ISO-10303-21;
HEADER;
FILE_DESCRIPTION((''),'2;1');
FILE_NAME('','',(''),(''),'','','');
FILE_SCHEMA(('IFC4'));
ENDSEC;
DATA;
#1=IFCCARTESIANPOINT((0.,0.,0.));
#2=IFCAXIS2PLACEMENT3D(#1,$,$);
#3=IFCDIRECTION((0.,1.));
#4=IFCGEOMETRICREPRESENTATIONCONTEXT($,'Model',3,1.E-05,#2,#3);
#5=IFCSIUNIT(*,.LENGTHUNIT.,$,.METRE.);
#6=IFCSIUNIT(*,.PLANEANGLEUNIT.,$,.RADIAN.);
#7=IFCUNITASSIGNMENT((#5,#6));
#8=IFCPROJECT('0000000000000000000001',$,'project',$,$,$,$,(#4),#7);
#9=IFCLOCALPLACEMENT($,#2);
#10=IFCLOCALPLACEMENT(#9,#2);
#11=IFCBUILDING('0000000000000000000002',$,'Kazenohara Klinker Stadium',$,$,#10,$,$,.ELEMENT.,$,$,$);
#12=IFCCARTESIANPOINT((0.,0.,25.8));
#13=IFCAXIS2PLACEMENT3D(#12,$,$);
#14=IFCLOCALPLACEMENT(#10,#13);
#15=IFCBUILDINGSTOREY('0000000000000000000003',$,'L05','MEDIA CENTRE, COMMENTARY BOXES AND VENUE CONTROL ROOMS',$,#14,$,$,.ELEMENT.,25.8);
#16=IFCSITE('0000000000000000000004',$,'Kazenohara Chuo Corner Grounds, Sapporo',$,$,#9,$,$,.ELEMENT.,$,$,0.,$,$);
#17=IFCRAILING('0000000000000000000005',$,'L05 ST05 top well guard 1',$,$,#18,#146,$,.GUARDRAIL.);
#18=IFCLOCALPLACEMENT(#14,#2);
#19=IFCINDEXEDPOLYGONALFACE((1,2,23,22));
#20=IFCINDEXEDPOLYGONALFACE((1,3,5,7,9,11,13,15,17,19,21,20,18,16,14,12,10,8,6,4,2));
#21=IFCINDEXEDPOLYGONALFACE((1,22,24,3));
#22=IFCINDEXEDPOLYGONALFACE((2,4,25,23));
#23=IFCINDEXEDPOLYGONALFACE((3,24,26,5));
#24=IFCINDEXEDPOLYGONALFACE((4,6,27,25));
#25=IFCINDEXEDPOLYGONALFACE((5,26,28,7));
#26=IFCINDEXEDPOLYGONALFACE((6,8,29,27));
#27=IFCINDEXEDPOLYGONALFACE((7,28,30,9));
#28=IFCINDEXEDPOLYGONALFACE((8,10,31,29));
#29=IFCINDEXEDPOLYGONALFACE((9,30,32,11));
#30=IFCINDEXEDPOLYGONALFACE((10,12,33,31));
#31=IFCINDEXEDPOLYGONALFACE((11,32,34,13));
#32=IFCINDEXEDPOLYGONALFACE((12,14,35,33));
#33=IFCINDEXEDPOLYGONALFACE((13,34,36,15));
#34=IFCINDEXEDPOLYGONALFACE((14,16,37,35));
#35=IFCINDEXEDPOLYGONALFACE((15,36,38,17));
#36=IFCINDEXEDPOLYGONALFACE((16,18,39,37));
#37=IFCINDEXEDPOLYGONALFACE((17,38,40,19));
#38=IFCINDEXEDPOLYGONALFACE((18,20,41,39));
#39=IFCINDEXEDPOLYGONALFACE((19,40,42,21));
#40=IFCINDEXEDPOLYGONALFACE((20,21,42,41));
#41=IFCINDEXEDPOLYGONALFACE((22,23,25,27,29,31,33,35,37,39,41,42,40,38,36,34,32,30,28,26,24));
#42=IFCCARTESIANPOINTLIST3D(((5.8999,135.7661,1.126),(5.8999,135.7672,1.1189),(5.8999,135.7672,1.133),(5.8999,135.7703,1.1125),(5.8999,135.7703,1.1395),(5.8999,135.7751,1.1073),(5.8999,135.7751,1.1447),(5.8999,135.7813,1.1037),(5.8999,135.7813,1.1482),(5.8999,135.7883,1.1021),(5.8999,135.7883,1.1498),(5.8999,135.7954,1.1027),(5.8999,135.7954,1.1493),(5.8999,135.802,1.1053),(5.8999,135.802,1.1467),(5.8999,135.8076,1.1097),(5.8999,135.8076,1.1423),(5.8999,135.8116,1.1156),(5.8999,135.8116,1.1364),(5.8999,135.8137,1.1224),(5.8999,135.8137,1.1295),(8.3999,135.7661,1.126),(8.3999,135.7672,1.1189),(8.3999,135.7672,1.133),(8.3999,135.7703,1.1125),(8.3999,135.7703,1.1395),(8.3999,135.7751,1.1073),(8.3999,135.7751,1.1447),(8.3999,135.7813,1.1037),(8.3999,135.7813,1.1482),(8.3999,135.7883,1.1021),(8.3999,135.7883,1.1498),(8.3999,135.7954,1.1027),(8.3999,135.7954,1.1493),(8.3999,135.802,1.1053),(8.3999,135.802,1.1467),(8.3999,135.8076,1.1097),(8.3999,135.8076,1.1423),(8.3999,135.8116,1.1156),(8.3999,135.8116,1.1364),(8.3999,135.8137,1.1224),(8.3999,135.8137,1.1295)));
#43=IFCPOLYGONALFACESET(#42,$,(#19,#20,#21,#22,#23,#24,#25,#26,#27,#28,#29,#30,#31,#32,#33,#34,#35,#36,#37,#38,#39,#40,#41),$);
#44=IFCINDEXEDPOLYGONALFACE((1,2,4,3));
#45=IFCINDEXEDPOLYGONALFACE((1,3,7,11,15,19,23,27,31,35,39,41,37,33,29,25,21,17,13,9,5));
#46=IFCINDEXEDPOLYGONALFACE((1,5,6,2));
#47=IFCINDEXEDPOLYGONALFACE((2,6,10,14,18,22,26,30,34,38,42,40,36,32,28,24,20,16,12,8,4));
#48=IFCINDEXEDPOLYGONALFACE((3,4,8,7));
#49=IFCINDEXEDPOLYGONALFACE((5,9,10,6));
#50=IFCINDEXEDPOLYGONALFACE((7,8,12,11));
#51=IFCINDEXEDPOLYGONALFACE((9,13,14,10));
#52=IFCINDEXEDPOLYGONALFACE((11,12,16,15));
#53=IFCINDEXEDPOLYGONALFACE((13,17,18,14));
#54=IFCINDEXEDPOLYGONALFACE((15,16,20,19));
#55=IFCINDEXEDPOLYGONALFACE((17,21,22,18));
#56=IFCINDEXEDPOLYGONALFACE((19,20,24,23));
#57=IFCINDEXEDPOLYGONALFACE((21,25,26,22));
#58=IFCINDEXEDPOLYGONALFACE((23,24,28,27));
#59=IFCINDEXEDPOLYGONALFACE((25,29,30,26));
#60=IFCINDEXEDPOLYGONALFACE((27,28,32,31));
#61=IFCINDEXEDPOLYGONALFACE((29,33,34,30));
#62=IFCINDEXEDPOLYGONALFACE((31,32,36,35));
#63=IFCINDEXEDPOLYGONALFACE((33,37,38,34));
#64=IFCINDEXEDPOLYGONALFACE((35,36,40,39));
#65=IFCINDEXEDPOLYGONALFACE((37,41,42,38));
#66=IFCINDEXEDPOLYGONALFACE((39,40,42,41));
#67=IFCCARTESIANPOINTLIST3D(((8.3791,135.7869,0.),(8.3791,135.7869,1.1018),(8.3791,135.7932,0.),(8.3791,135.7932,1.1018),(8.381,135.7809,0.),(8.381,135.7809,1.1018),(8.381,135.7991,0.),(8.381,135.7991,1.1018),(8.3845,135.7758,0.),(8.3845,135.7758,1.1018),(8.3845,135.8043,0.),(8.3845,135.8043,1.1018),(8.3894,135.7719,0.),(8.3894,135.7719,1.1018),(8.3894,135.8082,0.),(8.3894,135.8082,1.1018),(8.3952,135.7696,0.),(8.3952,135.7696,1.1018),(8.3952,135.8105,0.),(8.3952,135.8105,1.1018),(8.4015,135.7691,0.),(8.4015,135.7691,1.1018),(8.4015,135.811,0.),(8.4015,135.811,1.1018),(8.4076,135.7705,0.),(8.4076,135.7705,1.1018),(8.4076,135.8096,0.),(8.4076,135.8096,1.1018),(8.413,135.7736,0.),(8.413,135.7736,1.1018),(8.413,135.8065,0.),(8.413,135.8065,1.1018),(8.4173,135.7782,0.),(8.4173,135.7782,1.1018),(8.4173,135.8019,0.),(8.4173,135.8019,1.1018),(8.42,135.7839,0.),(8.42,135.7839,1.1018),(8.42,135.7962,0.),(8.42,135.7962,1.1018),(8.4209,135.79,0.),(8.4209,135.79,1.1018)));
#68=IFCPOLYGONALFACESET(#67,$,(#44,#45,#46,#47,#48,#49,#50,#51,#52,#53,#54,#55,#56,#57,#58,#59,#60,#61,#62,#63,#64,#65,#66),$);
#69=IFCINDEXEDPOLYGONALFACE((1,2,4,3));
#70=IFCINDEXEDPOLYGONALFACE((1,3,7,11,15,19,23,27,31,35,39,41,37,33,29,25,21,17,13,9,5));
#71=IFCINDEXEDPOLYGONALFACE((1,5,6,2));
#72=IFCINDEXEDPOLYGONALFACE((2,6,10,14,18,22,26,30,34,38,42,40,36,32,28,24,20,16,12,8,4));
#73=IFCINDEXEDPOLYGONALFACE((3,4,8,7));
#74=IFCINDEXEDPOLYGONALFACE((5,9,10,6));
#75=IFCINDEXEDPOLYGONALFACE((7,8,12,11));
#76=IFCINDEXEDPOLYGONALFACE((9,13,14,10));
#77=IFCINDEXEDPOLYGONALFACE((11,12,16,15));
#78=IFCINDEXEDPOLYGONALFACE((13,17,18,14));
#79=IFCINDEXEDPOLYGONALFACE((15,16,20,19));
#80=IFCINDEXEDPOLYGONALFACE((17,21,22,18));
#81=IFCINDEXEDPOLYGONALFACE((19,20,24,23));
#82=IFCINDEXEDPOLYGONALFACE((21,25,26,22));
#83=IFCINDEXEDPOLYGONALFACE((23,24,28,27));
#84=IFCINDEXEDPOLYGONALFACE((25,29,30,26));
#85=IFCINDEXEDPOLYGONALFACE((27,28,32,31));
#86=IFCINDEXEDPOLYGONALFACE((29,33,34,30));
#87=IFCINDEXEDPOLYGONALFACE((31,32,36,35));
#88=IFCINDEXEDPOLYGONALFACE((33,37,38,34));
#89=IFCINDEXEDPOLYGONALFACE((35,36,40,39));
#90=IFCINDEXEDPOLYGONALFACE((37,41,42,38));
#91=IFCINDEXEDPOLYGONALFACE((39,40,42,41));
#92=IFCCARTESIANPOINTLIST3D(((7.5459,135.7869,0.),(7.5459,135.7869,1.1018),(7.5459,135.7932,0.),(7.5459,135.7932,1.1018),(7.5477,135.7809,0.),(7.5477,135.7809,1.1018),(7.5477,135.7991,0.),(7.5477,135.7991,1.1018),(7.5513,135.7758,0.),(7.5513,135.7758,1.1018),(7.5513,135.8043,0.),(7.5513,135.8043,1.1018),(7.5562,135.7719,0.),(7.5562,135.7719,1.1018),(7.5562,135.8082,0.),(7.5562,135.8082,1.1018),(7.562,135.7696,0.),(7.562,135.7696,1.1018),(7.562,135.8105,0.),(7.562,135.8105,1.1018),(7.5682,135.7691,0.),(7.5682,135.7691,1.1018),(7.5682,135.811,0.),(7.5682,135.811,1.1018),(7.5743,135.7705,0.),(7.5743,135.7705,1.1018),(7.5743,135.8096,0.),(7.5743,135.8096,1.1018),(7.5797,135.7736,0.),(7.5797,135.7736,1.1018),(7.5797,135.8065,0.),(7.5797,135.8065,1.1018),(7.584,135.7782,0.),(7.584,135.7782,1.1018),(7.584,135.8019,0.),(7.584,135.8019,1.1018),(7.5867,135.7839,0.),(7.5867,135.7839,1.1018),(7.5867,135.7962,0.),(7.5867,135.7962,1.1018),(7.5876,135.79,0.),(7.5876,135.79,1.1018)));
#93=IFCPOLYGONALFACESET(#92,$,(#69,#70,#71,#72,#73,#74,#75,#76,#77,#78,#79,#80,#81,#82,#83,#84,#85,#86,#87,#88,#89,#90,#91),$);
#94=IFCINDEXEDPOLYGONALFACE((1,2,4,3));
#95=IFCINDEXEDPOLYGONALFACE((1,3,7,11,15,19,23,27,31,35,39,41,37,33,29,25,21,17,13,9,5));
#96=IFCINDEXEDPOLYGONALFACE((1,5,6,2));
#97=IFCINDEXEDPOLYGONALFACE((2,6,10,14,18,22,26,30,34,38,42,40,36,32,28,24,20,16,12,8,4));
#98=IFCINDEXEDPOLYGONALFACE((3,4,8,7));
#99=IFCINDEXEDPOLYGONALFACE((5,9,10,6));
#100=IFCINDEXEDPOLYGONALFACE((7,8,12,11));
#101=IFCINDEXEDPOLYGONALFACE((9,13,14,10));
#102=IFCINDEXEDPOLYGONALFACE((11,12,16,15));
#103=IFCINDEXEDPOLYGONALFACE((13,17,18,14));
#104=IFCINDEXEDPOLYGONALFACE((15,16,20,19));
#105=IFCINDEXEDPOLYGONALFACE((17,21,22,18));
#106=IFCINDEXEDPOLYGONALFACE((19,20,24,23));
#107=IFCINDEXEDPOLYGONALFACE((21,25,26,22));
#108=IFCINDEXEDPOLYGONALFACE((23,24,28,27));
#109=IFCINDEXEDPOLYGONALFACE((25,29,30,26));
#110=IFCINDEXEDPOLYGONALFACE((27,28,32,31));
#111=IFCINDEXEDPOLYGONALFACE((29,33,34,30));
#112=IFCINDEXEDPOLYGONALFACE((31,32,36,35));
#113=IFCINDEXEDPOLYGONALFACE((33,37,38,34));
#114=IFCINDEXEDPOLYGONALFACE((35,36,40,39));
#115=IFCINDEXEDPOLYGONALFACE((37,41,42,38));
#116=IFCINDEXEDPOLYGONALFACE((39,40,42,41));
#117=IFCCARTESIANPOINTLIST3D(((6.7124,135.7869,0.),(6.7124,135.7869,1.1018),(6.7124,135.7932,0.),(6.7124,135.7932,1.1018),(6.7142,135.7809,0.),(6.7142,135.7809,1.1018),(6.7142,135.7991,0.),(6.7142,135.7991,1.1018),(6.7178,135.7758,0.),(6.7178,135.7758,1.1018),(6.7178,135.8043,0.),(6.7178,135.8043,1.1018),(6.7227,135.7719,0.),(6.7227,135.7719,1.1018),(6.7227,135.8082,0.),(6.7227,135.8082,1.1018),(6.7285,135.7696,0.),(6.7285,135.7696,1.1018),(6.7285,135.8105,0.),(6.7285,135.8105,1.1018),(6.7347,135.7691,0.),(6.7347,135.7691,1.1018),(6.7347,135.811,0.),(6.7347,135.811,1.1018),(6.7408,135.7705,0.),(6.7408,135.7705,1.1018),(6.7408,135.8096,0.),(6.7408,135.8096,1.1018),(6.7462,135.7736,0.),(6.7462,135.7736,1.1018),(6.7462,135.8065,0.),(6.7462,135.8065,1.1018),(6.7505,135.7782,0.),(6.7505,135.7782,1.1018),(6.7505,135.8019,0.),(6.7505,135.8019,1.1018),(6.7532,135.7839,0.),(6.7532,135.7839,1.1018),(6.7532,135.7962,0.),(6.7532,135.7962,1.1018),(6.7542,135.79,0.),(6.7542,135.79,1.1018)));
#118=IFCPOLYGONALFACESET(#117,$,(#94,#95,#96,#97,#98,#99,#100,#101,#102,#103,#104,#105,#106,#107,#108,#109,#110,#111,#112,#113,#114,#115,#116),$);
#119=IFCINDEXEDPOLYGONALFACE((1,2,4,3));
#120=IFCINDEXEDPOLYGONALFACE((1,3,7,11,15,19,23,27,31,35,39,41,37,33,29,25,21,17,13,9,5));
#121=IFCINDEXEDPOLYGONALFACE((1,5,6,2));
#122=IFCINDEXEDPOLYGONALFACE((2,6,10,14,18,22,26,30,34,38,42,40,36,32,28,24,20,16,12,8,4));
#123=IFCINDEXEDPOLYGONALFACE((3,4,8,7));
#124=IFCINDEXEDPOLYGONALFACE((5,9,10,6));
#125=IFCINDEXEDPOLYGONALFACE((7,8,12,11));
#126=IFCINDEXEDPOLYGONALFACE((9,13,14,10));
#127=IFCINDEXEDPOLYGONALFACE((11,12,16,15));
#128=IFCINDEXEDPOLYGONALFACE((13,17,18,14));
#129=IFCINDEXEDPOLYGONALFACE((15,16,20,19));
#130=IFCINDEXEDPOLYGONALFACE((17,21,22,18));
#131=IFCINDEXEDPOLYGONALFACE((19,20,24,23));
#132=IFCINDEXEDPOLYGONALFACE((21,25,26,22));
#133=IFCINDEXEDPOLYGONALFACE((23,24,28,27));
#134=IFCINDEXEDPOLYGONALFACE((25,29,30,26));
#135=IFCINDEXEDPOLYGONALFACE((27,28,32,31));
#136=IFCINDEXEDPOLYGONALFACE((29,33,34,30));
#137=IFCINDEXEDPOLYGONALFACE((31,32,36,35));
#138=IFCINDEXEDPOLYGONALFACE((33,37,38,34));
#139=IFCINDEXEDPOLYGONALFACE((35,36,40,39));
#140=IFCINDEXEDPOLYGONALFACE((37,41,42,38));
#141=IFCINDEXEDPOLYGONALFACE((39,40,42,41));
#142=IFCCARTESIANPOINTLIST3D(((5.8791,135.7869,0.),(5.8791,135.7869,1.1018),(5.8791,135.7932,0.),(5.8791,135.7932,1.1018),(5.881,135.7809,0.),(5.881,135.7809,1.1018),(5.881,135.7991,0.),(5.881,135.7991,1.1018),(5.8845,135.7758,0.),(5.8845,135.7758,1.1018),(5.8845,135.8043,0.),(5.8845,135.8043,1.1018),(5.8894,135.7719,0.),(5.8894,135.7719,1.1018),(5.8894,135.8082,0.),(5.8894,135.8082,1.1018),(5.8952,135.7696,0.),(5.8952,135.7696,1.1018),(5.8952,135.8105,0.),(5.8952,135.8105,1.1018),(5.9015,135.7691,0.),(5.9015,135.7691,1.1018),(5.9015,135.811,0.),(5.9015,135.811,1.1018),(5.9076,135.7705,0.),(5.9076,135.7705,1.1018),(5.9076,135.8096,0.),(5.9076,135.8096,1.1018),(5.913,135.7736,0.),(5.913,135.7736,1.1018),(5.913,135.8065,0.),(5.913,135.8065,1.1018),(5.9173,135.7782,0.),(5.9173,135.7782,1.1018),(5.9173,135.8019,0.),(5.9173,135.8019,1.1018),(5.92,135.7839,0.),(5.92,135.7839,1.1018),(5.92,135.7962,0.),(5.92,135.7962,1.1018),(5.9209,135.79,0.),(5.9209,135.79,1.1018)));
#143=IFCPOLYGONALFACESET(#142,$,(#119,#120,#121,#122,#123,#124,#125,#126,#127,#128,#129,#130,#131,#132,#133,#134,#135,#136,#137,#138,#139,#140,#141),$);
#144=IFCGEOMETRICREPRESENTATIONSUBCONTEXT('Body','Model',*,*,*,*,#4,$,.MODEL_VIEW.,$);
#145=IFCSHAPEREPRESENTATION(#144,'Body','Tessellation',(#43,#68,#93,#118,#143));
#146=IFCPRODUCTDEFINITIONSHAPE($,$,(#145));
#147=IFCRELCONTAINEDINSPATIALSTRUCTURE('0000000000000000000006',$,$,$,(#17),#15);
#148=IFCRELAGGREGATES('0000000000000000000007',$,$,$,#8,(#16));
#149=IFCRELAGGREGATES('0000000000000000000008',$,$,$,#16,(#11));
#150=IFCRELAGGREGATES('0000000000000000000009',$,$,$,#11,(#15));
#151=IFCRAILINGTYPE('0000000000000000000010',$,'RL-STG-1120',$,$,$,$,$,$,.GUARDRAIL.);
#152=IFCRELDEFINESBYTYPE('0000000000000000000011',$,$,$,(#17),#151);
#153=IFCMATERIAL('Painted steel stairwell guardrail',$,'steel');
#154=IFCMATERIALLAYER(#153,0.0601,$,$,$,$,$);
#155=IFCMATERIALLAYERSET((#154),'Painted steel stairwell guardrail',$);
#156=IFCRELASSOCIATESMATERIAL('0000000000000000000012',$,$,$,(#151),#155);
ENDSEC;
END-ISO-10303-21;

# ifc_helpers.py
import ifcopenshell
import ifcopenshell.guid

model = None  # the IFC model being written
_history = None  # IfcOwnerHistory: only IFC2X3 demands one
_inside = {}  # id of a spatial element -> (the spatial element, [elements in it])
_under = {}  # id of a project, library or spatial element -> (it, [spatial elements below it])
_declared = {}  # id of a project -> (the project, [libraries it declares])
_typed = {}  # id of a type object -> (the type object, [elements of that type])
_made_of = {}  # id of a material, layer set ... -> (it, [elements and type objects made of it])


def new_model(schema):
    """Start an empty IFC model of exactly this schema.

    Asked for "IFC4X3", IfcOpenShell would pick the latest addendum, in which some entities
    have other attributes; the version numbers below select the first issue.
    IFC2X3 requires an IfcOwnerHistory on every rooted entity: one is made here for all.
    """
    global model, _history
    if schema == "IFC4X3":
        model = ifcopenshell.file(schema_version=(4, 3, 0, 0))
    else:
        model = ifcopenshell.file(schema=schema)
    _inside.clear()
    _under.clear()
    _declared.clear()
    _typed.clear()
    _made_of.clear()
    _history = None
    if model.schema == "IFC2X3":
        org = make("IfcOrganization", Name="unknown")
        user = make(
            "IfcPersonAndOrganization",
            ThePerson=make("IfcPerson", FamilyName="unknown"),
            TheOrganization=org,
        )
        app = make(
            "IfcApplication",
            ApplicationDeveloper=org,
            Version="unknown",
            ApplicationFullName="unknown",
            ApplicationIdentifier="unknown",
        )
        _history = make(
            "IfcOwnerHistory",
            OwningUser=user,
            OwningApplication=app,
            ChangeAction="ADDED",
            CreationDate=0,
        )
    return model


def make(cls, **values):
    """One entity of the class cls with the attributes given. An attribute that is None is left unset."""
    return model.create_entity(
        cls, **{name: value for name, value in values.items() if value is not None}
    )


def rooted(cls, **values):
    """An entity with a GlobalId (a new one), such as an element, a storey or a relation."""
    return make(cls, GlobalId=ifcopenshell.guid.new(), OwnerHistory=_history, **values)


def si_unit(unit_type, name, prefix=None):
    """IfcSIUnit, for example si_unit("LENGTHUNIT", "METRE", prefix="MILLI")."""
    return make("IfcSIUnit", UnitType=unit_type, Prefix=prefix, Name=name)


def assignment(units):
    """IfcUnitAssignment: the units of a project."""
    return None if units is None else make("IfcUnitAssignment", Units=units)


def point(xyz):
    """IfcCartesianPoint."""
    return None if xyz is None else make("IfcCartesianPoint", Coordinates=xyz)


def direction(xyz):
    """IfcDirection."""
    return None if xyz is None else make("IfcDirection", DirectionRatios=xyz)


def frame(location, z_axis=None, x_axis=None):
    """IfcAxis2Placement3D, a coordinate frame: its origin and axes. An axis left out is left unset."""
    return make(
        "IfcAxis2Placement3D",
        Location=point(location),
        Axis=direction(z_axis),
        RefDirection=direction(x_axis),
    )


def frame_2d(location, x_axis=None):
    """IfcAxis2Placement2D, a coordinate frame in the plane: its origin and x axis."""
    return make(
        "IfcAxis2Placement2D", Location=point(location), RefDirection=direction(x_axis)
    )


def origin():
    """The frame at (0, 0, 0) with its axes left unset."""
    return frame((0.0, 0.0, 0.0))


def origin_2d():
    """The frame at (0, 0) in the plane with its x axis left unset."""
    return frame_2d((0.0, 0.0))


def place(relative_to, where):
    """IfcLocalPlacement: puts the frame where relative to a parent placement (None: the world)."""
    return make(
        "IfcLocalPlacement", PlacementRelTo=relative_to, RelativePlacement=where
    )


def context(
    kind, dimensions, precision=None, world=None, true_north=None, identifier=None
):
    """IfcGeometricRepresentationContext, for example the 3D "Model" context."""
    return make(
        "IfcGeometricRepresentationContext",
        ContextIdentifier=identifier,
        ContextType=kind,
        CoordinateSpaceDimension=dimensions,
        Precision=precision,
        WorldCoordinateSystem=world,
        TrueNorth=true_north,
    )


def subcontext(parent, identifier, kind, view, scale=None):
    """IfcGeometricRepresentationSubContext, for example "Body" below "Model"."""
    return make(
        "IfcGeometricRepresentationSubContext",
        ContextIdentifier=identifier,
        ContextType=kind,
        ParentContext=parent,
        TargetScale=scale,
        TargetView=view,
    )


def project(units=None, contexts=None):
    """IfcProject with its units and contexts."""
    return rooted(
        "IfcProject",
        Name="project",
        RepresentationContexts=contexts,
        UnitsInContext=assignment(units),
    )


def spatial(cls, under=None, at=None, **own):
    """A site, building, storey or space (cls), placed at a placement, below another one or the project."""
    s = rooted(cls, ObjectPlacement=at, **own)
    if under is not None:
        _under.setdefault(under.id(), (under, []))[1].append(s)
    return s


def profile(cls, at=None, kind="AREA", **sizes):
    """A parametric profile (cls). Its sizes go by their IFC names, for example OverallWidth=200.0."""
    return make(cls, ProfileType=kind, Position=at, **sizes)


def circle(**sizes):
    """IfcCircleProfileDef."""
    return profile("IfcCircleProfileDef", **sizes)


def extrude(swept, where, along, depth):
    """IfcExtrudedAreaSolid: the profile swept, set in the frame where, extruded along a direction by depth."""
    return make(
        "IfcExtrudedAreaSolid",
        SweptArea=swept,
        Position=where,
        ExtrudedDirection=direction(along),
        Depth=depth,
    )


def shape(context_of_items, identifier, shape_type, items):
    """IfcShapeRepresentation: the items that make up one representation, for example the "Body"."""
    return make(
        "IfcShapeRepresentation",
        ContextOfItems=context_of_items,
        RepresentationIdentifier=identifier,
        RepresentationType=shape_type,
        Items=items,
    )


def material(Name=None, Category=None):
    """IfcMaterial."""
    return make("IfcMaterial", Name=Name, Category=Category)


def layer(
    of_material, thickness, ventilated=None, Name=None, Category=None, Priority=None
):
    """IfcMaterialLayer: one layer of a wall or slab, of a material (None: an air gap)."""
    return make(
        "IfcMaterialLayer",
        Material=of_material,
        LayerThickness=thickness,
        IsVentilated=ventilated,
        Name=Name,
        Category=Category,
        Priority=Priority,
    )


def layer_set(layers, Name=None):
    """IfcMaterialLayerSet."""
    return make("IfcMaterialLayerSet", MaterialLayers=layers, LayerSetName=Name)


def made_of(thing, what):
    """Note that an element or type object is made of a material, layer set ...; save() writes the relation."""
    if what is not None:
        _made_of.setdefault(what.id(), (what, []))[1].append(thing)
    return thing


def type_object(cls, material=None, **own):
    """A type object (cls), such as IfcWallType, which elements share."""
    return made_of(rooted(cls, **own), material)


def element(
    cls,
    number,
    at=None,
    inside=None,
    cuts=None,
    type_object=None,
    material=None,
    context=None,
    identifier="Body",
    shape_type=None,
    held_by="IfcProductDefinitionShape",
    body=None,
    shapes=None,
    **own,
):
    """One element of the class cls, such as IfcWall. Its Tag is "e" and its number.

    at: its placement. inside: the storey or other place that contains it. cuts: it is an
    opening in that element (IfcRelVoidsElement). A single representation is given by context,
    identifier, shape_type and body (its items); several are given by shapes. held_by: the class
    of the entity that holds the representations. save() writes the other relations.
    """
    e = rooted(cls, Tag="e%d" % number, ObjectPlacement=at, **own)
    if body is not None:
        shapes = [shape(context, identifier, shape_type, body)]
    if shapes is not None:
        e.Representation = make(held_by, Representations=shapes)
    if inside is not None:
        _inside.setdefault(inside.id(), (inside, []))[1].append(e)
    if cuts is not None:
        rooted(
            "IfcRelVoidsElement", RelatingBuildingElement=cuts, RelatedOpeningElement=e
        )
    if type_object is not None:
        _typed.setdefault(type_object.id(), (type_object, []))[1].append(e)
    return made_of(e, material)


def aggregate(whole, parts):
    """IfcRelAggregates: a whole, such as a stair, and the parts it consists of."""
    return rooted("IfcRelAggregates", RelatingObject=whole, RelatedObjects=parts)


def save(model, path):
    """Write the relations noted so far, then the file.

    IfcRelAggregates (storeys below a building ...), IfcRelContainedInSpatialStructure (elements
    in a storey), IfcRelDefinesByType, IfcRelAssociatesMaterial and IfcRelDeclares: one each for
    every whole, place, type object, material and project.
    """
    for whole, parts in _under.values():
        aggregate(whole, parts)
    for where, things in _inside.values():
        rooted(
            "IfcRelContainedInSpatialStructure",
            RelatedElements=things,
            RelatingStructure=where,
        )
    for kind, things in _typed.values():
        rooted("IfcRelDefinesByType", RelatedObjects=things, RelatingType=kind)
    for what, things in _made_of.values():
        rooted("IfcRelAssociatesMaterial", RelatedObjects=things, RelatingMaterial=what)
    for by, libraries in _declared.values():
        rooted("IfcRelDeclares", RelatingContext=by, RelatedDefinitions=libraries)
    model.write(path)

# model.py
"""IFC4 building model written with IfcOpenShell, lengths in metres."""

from ifc_helpers import new_model, si_unit, direction, frame, origin, origin_2d, place, context, subcontext, project, spatial, circle, extrude, material, layer, layer_set, type_object, element, save


model = new_model("IFC4")

# Units and contexts
model_context = context("Model", 3, precision=1e-05, world=origin(), true_north=direction((0.0, 1.0)))
body_context = subcontext(model_context, "Body", "Model", "MODEL_VIEW")
ifc_project = project(units=[si_unit("LENGTHUNIT", "METRE"), si_unit("PLANEANGLEUNIT", "RADIAN")], contexts=[model_context])

# Site, building, storey
site_placement = place(None, origin())
site = spatial("IfcSite", under=ifc_project, at=site_placement, Name="Kazenohara Chuo Corner Grounds, Sapporo", CompositionType="ELEMENT", RefElevation=0.0)
building_placement = place(site_placement, origin())
building = spatial("IfcBuilding", under=site, at=building_placement, Name="Kazenohara Klinker Stadium", CompositionType="ELEMENT")
storey_placement = place(building_placement, frame((0.0, 0.0, 25.8)))
storey = spatial("IfcBuildingStorey", under=building, at=storey_placement, Name="L05", Description="MEDIA CENTRE, COMMENTARY BOXES AND VENUE CONTROL ROOMS", CompositionType="ELEMENT", Elevation=25.8)

# Railing
ifc_material_1 = material(Name="Painted steel stairwell guardrail", Category="steel")
ifc_layer_1 = layer(ifc_material_1, 0.0601)
ifc_layer_set_1 = layer_set([ifc_layer_1], Name="Painted steel stairwell guardrail")
railing_type = type_object("IfcRailingType", Name="RL-STG-1120", PredefinedType="GUARDRAIL", material=ifc_layer_set_1)
railing_1_placement = place(storey_placement, frame((8.3999, 135.79, 0.0)))
element("IfcRailing", 1, at=railing_1_placement, inside=storey, type_object=railing_type, Name="L05 ST05 top well guard 1", PredefinedType="GUARDRAIL", context=body_context, shape_type="SweptSolid", body=[
    extrude(circle(Radius=0.0239, at=origin_2d()), frame((0.0, 0.0, 1.126), z_axis=(-1.0, 0.0, 0.0), x_axis=(0.0, -1.0, 0.0)), (0.0, 0.0, 1.0), 2.5),
    extrude(circle(Radius=0.021, at=origin_2d()), origin(), (0.0, 0.0, 1.0), 1.1018),
    extrude(circle(Radius=0.021, at=origin_2d()), frame((-0.8333, 0.0, 0.0)), (0.0, 0.0, 1.0), 1.1018),
    extrude(circle(Radius=0.021, at=origin_2d()), frame((-1.6667, 0.0, 0.0)), (0.0, 0.0, 1.0), 1.1018),
    extrude(circle(Radius=0.021, at=origin_2d()), frame((-2.5, 0.0, 0.0)), (0.0, 0.0, 1.0), 1.1018),
])

save(model, "model.ifc")
